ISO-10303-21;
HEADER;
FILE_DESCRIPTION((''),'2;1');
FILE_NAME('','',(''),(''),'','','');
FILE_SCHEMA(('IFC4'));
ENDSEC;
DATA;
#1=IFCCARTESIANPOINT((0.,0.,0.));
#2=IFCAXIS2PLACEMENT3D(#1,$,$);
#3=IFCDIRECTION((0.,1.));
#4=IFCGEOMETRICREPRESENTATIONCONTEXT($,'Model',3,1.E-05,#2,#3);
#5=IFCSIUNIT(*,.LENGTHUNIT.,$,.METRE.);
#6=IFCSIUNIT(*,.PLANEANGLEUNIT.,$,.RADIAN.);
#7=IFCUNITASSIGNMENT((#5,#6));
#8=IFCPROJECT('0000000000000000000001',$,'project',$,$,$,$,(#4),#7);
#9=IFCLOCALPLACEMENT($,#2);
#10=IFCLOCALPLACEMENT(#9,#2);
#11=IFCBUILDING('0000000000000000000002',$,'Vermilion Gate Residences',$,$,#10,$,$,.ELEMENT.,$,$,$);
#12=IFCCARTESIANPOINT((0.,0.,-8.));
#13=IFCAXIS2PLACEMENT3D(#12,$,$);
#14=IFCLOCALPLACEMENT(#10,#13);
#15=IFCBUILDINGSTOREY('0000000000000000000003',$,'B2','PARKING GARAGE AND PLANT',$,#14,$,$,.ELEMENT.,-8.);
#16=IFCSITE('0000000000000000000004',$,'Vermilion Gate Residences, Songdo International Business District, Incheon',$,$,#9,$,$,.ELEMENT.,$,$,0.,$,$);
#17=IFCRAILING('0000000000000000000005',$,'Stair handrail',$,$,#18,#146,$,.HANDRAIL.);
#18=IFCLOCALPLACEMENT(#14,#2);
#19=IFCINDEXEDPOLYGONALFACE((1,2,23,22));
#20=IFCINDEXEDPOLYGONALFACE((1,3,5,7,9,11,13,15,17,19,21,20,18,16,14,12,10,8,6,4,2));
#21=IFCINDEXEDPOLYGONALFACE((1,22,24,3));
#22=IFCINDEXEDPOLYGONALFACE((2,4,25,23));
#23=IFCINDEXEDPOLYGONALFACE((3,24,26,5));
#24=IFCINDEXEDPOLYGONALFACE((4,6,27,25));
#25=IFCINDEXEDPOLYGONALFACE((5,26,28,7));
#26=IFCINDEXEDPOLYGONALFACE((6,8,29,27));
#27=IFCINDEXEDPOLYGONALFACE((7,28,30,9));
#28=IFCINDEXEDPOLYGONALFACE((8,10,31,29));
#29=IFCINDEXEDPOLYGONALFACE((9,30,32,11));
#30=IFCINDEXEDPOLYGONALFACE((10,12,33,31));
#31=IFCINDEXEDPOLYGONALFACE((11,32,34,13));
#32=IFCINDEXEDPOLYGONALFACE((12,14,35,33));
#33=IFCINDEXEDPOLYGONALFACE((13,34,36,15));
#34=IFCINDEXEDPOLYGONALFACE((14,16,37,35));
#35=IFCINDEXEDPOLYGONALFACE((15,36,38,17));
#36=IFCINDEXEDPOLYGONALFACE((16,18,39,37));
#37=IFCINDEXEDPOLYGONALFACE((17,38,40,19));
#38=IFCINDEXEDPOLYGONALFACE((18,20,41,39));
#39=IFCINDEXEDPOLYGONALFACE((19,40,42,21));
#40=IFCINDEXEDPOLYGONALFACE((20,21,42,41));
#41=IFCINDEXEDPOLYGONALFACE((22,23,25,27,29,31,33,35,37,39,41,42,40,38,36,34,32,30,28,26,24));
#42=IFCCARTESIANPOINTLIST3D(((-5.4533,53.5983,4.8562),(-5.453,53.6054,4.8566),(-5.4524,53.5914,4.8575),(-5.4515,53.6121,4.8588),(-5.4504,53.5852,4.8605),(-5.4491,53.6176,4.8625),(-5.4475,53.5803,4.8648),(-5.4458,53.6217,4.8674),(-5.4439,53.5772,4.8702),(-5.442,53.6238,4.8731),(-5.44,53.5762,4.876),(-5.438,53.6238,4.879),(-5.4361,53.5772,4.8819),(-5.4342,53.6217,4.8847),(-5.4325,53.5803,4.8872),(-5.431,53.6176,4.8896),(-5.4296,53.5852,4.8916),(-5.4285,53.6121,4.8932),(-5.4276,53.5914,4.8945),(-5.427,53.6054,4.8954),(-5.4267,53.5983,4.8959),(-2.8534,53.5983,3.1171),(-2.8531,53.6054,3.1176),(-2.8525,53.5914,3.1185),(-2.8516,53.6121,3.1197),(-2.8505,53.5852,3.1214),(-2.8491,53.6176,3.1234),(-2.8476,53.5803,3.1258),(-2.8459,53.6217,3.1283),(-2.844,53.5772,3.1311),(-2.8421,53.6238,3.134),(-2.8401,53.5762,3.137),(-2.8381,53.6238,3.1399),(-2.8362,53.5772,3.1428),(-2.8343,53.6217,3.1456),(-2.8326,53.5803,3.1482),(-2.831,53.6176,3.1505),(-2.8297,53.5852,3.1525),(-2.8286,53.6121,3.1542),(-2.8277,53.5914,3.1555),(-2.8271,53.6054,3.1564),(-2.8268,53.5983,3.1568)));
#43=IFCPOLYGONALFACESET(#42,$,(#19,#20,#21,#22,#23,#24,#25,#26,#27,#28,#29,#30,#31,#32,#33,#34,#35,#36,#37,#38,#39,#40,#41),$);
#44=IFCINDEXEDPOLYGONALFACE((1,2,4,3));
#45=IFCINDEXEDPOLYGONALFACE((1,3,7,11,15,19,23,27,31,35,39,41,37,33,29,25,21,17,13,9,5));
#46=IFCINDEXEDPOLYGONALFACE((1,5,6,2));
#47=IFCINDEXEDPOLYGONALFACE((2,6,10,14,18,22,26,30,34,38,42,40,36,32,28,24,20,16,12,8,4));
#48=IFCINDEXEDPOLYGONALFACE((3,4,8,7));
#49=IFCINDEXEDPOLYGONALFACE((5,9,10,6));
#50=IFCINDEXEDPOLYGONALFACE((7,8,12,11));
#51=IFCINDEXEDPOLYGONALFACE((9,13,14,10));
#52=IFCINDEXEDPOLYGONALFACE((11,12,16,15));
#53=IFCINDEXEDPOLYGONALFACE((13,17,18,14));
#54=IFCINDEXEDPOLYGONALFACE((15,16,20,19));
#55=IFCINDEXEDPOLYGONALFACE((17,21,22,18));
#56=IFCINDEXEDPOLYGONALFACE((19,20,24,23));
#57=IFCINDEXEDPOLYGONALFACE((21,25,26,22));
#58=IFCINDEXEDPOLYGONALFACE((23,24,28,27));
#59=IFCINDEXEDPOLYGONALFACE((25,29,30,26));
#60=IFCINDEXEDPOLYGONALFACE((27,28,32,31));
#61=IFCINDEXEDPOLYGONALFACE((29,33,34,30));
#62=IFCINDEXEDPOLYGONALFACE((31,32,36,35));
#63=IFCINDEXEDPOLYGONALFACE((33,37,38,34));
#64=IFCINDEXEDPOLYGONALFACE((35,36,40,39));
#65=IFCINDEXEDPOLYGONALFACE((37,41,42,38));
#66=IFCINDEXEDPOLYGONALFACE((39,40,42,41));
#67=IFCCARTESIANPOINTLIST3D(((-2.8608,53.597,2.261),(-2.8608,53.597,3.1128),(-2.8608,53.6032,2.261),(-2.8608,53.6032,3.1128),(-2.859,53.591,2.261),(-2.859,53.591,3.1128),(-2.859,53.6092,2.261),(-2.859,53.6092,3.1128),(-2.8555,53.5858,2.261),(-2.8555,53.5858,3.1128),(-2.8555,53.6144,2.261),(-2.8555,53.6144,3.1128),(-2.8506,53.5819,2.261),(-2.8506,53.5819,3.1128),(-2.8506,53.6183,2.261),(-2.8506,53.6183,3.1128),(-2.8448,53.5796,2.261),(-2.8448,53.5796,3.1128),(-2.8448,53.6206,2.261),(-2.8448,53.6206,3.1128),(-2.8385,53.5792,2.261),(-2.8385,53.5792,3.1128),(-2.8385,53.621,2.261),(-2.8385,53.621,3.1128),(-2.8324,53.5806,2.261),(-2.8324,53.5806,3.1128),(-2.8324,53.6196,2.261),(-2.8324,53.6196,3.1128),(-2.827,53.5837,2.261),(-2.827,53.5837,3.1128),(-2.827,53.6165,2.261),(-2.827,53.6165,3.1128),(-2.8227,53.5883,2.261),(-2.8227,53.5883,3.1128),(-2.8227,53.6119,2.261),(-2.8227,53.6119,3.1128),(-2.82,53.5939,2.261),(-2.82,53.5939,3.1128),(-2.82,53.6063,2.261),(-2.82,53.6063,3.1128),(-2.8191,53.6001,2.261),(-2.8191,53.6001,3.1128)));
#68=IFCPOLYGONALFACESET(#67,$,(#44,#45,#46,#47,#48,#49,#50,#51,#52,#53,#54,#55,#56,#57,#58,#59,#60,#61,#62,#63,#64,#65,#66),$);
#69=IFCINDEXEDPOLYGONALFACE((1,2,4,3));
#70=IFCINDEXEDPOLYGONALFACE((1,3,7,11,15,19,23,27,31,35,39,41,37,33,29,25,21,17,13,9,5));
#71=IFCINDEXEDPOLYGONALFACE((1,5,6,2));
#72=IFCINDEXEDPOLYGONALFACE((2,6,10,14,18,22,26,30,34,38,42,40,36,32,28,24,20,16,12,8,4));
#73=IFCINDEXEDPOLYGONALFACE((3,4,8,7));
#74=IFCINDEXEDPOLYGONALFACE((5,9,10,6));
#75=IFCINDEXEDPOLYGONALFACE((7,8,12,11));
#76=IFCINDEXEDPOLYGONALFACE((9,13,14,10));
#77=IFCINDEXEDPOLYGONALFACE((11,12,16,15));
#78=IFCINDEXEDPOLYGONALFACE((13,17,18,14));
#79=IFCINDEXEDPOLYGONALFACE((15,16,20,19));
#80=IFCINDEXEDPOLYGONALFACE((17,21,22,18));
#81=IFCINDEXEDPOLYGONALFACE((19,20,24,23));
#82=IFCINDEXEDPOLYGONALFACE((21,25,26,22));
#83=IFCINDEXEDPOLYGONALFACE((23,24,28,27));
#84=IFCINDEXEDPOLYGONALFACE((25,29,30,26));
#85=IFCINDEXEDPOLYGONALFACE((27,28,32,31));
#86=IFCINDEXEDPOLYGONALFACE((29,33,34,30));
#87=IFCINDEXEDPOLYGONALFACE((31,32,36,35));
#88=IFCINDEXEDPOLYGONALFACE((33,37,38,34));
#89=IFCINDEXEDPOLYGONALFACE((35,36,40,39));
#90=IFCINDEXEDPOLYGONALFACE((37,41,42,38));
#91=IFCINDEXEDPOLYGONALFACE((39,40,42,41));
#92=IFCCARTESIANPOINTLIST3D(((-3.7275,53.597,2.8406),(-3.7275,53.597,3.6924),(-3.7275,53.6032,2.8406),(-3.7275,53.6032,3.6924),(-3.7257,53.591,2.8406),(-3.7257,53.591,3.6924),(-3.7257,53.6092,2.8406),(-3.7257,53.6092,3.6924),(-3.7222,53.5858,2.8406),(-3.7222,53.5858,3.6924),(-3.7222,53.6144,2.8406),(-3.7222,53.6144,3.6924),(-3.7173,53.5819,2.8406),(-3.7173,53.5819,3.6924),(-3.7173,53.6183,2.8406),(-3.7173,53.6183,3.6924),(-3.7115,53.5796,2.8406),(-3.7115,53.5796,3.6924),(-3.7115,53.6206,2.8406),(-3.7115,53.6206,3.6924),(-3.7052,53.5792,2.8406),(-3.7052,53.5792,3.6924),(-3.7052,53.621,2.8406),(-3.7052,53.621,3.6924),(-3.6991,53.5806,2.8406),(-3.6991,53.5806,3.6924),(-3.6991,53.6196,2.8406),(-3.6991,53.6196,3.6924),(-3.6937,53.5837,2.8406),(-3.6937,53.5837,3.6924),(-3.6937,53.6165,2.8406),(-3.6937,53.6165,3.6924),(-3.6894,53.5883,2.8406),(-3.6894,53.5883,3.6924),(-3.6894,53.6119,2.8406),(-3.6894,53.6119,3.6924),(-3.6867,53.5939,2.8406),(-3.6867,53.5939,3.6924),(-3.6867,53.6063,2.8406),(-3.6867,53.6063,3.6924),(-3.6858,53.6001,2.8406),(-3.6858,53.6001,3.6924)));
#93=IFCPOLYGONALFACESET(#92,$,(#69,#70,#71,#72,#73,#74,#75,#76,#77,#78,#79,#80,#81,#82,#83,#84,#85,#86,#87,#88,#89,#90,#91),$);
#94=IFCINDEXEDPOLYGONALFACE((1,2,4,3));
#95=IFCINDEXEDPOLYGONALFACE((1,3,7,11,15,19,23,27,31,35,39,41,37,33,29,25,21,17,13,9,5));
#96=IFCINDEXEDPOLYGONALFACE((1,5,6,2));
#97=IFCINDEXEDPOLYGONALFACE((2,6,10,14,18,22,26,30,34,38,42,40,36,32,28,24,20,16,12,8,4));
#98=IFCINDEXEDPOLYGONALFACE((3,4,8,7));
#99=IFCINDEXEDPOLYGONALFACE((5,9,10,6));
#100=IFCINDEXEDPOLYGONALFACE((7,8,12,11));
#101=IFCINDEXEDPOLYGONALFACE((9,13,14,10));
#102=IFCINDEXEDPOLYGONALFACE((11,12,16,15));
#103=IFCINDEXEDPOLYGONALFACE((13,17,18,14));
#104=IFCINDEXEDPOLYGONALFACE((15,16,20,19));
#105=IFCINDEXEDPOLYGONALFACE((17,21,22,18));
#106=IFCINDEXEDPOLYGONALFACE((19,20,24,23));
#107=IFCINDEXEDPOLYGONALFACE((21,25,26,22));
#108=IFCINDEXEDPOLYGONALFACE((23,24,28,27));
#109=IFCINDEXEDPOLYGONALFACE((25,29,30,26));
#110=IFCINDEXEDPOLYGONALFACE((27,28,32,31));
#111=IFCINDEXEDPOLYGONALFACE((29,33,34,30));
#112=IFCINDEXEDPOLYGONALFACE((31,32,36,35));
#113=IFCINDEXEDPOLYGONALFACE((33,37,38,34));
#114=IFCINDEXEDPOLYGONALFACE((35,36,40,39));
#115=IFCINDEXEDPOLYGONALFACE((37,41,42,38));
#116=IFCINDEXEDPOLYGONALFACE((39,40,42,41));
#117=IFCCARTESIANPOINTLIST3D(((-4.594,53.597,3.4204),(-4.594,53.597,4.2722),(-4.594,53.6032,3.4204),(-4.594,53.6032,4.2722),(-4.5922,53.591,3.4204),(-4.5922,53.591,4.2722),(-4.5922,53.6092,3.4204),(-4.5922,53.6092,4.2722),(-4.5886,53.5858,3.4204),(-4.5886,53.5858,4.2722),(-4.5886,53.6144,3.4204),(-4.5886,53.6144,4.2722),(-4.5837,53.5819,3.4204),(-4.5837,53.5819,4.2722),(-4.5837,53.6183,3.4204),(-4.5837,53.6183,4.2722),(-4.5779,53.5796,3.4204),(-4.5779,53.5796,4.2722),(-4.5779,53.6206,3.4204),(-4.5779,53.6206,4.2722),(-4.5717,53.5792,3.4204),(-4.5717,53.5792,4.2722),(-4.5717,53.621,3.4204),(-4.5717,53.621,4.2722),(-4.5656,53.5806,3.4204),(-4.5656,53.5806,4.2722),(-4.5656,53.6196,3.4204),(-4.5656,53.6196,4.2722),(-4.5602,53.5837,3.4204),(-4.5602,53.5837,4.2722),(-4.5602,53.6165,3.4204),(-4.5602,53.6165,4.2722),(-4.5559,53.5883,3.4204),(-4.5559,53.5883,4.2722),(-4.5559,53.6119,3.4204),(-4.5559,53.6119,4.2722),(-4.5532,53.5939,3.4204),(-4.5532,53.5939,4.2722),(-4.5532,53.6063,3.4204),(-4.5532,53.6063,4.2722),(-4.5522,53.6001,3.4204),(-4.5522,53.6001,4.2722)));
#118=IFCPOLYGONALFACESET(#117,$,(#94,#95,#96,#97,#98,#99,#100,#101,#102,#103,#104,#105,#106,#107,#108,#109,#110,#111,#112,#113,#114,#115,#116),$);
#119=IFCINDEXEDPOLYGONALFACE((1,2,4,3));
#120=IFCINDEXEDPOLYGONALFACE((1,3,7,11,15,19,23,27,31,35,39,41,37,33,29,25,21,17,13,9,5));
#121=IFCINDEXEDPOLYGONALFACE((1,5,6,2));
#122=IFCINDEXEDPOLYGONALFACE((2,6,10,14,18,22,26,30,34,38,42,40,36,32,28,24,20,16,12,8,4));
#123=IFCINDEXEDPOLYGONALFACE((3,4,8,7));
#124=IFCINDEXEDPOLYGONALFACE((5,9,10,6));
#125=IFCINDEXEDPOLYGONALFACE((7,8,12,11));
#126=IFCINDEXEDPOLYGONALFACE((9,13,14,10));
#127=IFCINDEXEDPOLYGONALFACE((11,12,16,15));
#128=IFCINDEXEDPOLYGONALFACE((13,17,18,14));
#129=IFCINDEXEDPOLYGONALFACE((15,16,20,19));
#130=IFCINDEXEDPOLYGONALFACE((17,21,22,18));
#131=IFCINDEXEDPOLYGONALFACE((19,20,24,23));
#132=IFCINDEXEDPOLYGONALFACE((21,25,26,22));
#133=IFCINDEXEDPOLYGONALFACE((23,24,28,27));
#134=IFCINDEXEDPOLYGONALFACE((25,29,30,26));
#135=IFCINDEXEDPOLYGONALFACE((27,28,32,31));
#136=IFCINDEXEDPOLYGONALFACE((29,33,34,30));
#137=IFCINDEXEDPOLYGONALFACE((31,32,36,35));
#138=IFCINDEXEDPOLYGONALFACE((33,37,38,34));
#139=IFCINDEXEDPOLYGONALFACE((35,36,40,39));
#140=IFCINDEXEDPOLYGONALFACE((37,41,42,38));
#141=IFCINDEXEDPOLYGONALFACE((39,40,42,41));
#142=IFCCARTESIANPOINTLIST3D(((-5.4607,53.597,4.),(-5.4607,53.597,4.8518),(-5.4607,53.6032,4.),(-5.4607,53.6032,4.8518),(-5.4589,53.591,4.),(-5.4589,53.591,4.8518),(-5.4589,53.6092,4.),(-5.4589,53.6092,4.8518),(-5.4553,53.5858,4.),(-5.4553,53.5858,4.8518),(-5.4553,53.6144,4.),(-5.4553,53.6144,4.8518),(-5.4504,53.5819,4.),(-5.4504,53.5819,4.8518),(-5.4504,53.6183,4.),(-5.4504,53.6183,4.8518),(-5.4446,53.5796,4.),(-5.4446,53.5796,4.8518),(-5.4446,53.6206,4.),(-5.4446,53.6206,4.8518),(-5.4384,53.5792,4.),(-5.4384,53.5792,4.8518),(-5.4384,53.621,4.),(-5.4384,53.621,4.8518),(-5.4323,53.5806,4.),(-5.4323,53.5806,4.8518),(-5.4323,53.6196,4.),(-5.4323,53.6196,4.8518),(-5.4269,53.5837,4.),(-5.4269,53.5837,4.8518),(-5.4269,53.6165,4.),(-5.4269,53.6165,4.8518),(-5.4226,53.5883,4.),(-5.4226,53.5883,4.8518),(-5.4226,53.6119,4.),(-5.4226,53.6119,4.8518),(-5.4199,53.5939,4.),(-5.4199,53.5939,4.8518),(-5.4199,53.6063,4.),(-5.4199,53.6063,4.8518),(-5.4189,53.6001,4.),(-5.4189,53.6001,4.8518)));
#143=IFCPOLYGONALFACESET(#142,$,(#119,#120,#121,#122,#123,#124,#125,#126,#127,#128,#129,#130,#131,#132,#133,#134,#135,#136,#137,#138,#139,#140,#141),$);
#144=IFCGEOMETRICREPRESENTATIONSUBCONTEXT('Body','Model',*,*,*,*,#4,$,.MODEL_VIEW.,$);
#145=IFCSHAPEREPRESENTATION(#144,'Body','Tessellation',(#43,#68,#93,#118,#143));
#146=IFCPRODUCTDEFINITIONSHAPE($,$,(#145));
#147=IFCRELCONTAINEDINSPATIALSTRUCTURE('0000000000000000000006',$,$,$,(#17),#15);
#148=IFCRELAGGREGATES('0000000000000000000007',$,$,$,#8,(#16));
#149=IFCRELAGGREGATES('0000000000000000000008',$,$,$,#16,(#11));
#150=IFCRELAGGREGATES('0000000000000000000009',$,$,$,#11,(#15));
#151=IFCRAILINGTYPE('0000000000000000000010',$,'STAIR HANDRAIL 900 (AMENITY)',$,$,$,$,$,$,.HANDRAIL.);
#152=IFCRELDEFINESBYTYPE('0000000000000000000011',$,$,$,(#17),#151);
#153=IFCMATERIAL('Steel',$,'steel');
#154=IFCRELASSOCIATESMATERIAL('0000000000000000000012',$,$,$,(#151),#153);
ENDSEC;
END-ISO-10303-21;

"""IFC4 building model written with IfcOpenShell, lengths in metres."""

from ifc_helpers import new_model, si_unit, direction, frame, origin, origin_2d, place, context, subcontext, project, spatial, circle, extrude, material, type_object, element, save


model = new_model("IFC4")

# Units and contexts
model_context = context("Model", 3, precision=1e-05, world=origin(), true_north=direction((0.0, 1.0)))
body_context = subcontext(model_context, "Body", "Model", "MODEL_VIEW")
ifc_project = project(units=[si_unit("LENGTHUNIT", "METRE"), si_unit("PLANEANGLEUNIT", "RADIAN")], contexts=[model_context])

# Site, building, storey
site_placement = place(None, origin())
site = spatial("IfcSite", under=ifc_project, at=site_placement, Name="Vermilion Gate Residences, Songdo International Business District, Incheon", CompositionType="ELEMENT", RefElevation=0.0)
building_placement = place(site_placement, origin())
building = spatial("IfcBuilding", under=site, at=building_placement, Name="Vermilion Gate Residences", CompositionType="ELEMENT")
storey_placement = place(building_placement, frame((0.0, 0.0, -8.0)))
storey = spatial("IfcBuildingStorey", under=building, at=storey_placement, Name="B2", Description="PARKING GARAGE AND PLANT", CompositionType="ELEMENT", Elevation=-8.0)

# Railing
ifc_material_1 = material(Name="Steel", Category="steel")
railing_type = type_object("IfcRailingType", Name="STAIR HANDRAIL 900 (AMENITY)", PredefinedType="HANDRAIL", material=ifc_material_1)
railing_placement = place(storey_placement, frame((-2.8401, 53.6001, 2.261)))
element("IfcRailing", 1, at=railing_placement, inside=storey, type_object=railing_type, Name="Stair handrail", PredefinedType="HANDRAIL", context=body_context, shape_type="SweptSolid", body=[
    extrude(circle(Radius=0.0239, at=origin_2d()), frame((0.0, 0.0, 0.876), z_axis=(-0.831197, 0.0, 0.555978), x_axis=(0.0, -1.0, 0.0)), (0.0, 0.0, 1.0), 3.1279),
    extrude(circle(Radius=0.021, at=origin_2d()), origin(), (0.0, 0.0, 1.0), 0.8518),
    extrude(circle(Radius=0.021, at=origin_2d()), frame((-0.8667, 0.0, 0.5796)), (0.0, 0.0, 1.0), 0.8518),
    extrude(circle(Radius=0.021, at=origin_2d()), frame((-1.7332, 0.0, 1.1594)), (0.0, 0.0, 1.0), 0.8518),
    extrude(circle(Radius=0.021, at=origin_2d()), frame((-2.5999, 0.0, 1.739)), (0.0, 0.0, 1.0), 0.8518),
])

save(model, "model.ifc")
